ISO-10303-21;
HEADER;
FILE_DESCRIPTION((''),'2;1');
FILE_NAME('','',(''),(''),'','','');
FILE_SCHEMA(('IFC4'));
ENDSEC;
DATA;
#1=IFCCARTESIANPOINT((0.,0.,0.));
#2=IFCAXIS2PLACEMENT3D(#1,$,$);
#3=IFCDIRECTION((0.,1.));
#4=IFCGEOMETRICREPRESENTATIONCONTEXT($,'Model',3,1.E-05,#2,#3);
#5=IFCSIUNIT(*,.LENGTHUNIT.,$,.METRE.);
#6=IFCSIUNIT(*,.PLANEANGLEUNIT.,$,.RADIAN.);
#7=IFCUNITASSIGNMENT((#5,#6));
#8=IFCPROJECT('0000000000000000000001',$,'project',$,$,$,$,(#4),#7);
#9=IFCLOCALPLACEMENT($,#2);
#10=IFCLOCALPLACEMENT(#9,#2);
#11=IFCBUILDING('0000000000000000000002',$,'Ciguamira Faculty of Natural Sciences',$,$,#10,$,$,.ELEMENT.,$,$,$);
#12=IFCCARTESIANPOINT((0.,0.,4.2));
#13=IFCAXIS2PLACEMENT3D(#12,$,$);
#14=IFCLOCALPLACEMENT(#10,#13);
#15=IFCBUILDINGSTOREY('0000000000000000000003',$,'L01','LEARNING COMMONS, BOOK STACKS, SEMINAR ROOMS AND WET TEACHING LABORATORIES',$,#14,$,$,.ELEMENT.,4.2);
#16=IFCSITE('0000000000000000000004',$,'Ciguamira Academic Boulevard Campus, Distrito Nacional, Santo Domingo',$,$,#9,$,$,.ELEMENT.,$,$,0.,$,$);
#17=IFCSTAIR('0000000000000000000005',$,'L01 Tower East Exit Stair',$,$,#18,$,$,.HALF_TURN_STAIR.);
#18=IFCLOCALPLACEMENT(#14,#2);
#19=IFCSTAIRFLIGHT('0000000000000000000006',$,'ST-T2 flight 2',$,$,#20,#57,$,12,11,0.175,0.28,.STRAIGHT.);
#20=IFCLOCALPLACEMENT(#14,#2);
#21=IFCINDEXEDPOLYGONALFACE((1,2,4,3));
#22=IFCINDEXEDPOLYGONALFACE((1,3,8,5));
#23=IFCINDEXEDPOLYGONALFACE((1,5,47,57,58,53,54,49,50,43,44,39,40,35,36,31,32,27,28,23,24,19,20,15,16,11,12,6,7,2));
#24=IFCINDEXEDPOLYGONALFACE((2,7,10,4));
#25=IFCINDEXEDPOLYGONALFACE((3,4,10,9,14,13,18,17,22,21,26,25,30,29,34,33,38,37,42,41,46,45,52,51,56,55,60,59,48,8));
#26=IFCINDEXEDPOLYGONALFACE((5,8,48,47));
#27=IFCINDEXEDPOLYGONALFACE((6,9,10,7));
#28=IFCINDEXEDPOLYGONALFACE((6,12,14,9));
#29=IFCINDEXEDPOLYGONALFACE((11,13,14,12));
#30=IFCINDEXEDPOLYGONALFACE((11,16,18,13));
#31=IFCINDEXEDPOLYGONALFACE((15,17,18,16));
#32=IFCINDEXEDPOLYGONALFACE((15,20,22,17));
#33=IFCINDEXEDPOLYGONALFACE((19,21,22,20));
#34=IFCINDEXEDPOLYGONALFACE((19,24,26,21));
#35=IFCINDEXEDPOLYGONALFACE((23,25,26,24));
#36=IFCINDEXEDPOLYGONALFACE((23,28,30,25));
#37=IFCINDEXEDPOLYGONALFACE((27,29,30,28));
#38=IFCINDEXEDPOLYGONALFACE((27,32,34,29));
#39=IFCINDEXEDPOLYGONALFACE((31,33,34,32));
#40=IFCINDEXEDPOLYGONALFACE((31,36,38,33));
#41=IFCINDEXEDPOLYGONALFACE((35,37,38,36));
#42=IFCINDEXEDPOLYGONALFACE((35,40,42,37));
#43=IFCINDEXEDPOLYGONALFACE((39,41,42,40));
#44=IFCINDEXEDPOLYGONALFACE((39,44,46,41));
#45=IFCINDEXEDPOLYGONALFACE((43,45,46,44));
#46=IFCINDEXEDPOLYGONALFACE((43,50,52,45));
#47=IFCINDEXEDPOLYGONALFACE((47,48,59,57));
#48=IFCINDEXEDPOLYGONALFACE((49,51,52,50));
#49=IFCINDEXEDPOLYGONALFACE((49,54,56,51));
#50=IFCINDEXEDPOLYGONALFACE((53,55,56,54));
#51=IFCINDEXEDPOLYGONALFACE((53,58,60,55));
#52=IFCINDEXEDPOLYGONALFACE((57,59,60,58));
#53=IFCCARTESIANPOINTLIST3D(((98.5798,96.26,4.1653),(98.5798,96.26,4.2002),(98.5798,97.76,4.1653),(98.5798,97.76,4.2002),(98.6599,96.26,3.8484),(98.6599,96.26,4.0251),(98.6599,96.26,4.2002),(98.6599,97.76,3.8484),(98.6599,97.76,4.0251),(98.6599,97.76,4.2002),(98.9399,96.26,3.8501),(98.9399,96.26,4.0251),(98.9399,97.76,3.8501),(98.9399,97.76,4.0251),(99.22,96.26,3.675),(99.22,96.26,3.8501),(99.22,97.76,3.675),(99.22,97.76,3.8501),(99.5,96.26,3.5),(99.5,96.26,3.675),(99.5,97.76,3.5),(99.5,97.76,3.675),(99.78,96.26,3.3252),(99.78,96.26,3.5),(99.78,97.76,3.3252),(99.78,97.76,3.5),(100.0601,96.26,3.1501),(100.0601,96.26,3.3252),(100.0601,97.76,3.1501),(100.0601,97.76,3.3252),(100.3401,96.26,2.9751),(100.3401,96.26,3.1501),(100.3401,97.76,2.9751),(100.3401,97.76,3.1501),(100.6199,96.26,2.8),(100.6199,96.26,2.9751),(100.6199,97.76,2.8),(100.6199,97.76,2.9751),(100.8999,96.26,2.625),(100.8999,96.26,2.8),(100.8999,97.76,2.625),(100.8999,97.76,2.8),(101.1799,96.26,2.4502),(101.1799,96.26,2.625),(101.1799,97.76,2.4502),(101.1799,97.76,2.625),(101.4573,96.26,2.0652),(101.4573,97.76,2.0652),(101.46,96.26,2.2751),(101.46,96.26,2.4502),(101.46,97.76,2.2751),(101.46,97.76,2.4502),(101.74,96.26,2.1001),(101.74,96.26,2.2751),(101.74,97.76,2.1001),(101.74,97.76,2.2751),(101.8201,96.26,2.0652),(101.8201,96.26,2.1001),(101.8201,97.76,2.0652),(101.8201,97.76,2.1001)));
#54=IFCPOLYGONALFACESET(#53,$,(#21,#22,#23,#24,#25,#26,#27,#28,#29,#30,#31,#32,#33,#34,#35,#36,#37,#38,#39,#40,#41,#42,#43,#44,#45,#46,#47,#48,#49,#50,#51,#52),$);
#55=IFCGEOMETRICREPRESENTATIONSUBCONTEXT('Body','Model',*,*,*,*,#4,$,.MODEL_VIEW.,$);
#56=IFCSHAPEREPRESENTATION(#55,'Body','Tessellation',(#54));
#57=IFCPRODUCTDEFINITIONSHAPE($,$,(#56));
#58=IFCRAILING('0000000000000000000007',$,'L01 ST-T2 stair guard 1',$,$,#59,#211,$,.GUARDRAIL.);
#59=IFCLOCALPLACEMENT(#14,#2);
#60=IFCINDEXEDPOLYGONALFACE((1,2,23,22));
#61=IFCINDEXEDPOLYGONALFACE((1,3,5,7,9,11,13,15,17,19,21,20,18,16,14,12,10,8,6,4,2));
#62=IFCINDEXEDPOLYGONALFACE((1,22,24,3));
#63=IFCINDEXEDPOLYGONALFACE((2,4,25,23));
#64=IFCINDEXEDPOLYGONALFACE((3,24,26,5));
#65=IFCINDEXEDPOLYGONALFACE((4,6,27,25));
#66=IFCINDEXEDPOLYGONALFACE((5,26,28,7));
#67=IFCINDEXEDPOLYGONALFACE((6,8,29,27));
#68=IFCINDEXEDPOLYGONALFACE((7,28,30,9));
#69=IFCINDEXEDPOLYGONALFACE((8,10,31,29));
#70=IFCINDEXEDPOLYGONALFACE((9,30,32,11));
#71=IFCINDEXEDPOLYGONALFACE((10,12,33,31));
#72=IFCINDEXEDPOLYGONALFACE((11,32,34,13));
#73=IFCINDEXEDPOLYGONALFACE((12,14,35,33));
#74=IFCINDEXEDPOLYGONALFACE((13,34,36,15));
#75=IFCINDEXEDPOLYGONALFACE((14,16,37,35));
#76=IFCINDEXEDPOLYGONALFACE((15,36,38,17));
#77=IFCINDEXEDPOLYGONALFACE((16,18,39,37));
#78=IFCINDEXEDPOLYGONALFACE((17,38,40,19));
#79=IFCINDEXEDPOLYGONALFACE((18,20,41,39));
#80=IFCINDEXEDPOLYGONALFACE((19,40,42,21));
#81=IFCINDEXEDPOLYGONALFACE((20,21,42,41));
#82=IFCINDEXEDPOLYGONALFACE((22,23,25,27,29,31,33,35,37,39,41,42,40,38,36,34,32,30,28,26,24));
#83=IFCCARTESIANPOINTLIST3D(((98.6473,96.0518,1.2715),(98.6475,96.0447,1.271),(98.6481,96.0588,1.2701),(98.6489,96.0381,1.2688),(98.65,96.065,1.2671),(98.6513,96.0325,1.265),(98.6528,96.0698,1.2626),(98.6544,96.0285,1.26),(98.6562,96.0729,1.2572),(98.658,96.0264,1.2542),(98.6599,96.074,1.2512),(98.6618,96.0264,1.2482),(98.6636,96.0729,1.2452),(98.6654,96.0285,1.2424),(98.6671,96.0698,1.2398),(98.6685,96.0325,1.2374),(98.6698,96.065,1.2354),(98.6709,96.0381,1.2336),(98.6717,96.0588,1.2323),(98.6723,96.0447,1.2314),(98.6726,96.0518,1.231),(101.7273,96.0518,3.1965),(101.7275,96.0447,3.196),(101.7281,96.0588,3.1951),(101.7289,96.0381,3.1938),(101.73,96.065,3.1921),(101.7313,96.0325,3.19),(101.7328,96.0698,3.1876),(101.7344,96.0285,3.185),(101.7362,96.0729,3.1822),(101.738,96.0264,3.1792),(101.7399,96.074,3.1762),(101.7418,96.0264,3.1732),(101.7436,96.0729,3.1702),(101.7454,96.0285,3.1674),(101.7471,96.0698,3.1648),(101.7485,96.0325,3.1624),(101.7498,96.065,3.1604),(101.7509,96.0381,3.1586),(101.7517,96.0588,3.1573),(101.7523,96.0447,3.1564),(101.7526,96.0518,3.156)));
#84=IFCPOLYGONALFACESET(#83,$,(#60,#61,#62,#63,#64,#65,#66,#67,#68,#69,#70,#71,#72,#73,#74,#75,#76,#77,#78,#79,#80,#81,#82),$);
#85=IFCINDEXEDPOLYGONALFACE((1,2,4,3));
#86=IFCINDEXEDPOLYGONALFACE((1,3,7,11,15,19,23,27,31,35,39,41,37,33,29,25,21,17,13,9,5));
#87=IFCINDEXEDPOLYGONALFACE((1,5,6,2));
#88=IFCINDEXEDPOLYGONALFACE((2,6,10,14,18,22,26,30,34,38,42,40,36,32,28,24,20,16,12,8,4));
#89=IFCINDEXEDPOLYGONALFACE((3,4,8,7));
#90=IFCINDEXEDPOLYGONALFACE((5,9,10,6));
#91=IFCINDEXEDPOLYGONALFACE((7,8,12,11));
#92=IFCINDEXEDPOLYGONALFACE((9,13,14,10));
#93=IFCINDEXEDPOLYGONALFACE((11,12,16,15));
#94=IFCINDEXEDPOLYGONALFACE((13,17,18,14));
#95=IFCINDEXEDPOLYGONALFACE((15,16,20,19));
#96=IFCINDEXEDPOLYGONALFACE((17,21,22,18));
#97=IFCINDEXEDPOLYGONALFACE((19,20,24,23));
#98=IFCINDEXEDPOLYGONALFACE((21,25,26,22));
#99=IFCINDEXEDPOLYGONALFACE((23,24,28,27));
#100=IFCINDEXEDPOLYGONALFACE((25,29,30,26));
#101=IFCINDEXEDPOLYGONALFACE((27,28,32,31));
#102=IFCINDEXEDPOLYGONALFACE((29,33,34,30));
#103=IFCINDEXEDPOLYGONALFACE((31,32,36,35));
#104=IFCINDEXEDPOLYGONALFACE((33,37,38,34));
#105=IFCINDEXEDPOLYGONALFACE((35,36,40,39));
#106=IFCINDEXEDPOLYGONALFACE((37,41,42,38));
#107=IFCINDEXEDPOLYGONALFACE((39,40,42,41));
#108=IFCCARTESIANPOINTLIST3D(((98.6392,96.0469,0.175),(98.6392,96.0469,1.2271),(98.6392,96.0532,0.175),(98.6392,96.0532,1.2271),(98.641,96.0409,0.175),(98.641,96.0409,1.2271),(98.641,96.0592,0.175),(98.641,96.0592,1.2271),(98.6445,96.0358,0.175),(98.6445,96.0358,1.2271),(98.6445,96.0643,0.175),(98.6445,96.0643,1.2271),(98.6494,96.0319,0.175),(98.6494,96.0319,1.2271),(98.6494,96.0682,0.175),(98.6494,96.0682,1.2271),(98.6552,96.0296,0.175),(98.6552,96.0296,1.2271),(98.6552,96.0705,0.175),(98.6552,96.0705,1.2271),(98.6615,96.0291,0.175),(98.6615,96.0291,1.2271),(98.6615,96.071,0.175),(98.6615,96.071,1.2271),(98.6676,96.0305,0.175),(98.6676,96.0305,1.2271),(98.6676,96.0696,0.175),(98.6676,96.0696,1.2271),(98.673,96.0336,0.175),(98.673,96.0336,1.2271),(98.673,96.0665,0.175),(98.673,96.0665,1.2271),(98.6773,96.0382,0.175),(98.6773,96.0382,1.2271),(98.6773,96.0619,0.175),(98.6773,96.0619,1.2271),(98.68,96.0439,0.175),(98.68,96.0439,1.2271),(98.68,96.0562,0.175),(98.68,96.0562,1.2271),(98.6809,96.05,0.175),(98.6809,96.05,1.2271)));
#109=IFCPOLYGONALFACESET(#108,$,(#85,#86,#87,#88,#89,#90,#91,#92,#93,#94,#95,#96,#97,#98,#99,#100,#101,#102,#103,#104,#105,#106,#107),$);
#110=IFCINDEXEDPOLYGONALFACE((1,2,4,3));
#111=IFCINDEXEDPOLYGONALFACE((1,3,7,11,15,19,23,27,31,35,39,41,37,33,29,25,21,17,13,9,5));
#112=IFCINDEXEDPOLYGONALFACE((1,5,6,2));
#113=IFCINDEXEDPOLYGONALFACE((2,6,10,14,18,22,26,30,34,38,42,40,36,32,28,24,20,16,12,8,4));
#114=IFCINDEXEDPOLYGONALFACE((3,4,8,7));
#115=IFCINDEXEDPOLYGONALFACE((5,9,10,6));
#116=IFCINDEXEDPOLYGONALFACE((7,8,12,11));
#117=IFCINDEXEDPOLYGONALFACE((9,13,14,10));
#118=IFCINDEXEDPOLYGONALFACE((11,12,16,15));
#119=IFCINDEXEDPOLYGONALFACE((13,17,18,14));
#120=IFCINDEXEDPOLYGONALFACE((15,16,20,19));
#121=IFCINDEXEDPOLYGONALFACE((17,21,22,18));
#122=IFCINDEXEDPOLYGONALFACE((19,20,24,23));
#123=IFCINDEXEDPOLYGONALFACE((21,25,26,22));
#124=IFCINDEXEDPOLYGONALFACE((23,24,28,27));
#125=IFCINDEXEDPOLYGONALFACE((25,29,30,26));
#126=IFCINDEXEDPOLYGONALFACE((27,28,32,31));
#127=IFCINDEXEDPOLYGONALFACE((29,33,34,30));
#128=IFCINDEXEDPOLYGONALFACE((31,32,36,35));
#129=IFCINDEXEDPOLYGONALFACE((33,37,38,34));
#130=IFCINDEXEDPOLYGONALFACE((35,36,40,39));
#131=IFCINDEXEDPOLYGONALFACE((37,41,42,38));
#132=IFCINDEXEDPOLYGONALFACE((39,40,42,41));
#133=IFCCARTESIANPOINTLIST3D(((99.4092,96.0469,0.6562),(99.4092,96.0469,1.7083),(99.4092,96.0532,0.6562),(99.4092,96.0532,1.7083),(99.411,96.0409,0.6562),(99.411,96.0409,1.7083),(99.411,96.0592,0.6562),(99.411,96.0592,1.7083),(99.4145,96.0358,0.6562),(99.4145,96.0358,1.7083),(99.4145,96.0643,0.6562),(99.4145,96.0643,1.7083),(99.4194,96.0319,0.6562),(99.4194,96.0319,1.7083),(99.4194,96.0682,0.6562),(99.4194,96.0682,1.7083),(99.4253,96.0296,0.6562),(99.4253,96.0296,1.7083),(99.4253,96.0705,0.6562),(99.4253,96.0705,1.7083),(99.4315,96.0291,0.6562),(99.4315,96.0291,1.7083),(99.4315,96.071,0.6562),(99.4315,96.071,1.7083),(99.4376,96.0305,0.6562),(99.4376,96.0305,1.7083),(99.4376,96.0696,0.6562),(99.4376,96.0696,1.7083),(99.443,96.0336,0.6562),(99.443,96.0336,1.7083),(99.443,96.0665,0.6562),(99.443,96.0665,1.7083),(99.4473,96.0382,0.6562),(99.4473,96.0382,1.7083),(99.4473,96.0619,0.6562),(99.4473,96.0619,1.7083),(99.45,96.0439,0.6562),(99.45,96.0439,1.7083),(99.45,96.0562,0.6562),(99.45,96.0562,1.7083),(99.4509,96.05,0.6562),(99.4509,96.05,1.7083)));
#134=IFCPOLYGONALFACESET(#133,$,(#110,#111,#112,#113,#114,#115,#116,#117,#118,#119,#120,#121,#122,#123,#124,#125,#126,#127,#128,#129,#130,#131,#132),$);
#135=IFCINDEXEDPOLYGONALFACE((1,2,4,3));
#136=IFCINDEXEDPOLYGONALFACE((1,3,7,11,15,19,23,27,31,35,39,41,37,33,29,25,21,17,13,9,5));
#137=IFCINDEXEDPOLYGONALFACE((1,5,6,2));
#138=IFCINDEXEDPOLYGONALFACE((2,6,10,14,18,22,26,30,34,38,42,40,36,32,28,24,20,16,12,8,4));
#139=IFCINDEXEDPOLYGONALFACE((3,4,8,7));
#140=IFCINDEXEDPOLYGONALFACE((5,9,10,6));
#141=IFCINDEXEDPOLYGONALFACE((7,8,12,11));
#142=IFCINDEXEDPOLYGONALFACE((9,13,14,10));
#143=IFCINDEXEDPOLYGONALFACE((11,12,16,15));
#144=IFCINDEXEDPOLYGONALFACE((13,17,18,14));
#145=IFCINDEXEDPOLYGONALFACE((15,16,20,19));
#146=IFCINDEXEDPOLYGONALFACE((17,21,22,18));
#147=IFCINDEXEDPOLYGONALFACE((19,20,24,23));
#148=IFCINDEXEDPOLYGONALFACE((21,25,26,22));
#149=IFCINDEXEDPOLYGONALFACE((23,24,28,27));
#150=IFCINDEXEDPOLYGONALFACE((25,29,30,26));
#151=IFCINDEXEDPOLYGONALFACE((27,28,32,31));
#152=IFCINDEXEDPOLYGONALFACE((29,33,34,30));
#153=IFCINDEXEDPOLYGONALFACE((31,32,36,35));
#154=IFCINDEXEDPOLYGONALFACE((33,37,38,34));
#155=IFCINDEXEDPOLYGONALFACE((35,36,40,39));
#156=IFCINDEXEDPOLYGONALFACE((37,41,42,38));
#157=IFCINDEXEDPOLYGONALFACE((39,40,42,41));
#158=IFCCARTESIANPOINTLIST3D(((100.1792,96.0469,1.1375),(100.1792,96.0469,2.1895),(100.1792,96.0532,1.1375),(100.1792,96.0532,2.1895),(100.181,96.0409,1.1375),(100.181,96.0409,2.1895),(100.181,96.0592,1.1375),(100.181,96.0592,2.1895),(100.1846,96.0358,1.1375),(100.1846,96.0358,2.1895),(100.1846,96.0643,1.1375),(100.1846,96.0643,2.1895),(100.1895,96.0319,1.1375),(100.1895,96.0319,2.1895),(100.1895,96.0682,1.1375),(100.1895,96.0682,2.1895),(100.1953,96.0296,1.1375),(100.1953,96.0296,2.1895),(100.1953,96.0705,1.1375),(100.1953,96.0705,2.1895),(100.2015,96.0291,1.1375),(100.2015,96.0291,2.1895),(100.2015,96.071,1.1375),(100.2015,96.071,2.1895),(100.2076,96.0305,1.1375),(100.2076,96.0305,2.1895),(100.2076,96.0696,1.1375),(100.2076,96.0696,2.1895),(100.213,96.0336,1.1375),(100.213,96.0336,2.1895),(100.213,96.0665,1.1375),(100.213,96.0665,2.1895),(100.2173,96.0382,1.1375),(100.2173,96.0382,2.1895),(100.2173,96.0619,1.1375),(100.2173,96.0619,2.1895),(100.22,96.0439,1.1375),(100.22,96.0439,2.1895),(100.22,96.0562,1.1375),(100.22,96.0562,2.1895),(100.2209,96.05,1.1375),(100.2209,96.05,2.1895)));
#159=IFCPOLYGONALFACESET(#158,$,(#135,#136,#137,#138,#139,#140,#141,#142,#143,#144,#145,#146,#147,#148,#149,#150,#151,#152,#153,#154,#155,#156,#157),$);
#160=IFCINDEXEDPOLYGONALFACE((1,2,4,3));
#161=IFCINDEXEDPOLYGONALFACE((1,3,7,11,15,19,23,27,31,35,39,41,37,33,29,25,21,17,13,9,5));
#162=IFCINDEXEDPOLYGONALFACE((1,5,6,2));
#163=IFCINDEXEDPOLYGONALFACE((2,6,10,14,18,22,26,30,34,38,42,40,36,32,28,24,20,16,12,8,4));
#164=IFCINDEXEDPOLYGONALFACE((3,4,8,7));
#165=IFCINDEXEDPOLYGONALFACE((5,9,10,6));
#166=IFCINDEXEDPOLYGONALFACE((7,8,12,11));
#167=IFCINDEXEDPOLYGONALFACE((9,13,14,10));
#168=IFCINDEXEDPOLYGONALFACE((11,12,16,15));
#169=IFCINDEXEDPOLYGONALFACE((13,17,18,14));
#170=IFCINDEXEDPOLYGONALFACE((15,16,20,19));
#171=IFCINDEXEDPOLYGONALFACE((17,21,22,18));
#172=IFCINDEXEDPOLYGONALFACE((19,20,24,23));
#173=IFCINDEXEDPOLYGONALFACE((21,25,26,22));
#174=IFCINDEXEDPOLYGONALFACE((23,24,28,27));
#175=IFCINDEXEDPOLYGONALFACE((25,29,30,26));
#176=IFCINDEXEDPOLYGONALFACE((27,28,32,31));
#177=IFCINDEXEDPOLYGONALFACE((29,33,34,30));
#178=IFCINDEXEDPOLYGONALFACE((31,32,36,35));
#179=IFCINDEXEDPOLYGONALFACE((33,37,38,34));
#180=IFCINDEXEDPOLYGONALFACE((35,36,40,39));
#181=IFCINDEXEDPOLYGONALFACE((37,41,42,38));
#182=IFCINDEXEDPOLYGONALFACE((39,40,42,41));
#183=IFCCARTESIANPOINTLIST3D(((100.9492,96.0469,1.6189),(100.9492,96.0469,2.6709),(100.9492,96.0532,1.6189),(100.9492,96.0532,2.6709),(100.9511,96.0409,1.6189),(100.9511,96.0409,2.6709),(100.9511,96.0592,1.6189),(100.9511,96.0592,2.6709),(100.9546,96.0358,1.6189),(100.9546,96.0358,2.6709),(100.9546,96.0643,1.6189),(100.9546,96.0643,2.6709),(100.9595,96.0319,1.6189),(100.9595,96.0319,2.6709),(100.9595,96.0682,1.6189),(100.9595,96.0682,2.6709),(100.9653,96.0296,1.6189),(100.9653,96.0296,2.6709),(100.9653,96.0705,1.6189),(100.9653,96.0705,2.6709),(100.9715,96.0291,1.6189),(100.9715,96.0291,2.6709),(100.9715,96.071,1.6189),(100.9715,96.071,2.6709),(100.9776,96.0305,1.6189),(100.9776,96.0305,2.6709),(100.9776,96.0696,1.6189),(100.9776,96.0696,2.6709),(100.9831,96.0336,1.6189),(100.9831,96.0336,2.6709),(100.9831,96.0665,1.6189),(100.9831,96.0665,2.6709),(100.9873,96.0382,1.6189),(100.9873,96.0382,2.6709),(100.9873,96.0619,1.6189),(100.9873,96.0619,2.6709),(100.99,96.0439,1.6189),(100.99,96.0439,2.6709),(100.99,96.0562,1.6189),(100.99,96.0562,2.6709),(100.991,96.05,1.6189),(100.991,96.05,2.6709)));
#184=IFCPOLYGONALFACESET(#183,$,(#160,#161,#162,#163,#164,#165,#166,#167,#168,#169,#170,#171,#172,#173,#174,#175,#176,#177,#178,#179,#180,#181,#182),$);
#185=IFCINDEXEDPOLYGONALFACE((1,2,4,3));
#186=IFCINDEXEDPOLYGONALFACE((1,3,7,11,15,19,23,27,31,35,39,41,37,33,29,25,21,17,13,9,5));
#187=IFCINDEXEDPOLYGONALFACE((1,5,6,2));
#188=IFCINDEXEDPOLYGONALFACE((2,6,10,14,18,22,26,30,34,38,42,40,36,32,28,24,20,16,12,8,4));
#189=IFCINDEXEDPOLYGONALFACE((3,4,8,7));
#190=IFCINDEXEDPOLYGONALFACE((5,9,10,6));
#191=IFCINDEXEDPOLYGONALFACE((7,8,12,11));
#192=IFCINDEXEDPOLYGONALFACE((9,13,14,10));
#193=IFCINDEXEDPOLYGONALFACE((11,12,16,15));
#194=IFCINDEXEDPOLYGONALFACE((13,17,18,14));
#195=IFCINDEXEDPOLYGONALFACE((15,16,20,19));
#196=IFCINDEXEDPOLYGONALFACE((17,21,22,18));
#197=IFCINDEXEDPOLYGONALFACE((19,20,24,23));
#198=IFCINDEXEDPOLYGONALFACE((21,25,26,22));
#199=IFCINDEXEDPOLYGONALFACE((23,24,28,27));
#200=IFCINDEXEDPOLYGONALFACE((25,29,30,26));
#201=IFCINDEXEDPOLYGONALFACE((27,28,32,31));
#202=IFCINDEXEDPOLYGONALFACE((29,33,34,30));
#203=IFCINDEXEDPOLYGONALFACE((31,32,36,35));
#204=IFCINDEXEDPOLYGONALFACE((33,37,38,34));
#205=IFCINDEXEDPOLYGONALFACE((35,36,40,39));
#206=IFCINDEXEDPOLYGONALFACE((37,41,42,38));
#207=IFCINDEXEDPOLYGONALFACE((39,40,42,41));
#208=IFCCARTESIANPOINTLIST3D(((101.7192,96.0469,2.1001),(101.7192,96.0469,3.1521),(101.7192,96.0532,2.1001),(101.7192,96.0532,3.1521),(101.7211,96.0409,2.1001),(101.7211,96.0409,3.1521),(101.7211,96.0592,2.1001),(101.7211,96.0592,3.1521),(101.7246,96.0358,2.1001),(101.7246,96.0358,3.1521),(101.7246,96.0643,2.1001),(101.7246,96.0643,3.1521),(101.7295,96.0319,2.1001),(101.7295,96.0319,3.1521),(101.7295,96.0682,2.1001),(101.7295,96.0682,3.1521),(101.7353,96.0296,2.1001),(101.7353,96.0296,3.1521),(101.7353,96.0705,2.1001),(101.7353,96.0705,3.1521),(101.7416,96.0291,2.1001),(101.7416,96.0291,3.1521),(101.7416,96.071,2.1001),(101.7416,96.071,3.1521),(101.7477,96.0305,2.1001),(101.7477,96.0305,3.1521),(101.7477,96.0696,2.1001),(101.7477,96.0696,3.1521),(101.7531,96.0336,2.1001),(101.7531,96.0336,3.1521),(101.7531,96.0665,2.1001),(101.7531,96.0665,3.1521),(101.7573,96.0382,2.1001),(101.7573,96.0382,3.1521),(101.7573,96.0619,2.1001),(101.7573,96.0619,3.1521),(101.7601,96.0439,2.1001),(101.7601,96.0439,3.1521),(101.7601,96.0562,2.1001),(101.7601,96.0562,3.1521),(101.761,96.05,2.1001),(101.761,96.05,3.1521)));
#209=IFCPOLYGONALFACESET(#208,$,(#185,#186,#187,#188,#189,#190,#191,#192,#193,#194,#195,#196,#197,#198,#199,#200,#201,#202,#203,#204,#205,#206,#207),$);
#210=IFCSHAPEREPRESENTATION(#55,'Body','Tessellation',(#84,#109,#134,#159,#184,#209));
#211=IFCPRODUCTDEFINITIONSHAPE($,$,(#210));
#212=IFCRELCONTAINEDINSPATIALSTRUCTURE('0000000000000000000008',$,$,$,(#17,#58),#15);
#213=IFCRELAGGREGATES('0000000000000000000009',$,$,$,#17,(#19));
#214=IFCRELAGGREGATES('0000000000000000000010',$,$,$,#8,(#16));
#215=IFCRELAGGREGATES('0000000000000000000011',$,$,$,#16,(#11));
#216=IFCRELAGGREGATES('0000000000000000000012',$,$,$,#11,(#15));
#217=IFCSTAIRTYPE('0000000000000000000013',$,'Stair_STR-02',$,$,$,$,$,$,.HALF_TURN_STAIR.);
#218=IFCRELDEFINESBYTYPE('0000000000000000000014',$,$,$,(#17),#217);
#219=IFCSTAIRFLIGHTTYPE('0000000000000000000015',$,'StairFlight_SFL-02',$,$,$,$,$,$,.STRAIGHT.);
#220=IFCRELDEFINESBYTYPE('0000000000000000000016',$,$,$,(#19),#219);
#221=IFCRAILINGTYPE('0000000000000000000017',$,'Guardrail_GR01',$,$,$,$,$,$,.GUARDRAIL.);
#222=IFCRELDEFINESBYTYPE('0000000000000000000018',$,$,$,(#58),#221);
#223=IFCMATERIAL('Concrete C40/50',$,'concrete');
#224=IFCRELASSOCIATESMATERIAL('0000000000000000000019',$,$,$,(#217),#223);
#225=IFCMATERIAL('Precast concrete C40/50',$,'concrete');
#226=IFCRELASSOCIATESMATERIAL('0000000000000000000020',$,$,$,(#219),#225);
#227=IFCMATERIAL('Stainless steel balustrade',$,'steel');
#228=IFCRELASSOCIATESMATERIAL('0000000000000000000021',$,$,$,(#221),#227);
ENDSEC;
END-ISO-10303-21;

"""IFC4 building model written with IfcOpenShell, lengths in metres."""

from ifc_helpers import new_model, si_unit, direction, frame, origin, origin_2d, place, context, subcontext, project, spatial, polyline, circle, outline, extrude, material, type_object, element, aggregate, save


model = new_model("IFC4")

# Units and contexts
model_context = context("Model", 3, precision=1e-05, world=origin(), true_north=direction((0.0, 1.0)))
body_context = subcontext(model_context, "Body", "Model", "MODEL_VIEW")
ifc_project = project(units=[si_unit("LENGTHUNIT", "METRE"), si_unit("PLANEANGLEUNIT", "RADIAN")], contexts=[model_context])

# Site, building, storey
site_placement = place(None, origin())
site = spatial("IfcSite", under=ifc_project, at=site_placement, Name="Ciguamira Academic Boulevard Campus, Distrito Nacional, Santo Domingo", CompositionType="ELEMENT", RefElevation=0.0)
building_placement = place(site_placement, origin())
building = spatial("IfcBuilding", under=site, at=building_placement, Name="Ciguamira Faculty of Natural Sciences", CompositionType="ELEMENT")
storey_placement = place(building_placement, frame((0.0, 0.0, 4.2)))
storey = spatial("IfcBuildingStorey", under=building, at=storey_placement, Name="L01", Description="LEARNING COMMONS, BOOK STACKS, SEMINAR ROOMS AND WET TEACHING LABORATORIES", CompositionType="ELEMENT", Elevation=4.2)

# Shared definitions
ifc_material_1 = material(Name="Concrete C40/50", Category="concrete")

# Shared definitions
ifc_material_2 = material(Name="Precast concrete C40/50", Category="concrete")

# Stair, stair flight
stair_type = type_object("IfcStairType", Name="Stair_STR-02", PredefinedType="HALF_TURN_STAIR", material=ifc_material_1)
stair_placement = place(storey_placement, origin())
stair = element("IfcStair", 1, at=stair_placement, inside=storey, type_object=stair_type, Name="L01 Tower East Exit Stair", PredefinedType="HALF_TURN_STAIR")
stair_flight_type = type_object("IfcStairFlightType", Name="StairFlight_SFL-02", PredefinedType="STRAIGHT", material=ifc_material_2)
stair_flight_1_placement = place(storey_placement, frame((101.74, 97.01, 2.1001), z_axis=(0.0, 0.0, 1.0), x_axis=(-1.0, 0.0, 0.0)))
stair_flight_1 = element("IfcStairFlight", 2, at=stair_flight_1_placement, type_object=stair_flight_type, Name="ST-T2 flight 2", NumberOfRisers=12, NumberOfTreads=11, PredefinedType="STRAIGHT", RiserHeight=0.175, TreadLength=0.28, context=body_context, shape_type="SweptSolid", body=[
    extrude(outline(polyline([(-0.0801, -0.0349), (-0.0801, 0.0), (0.0, 0.0), (0.0, 0.175), (0.28, 0.175), (0.28, 0.3501), (0.5601, 0.3501), (0.5601, 0.5249), (0.8401, 0.5249), (0.8401, 0.7), (1.1201, 0.7), (1.1201, 0.875), (1.3999, 0.875), (1.3999, 1.05), (1.6799, 1.05), (1.6799, 1.2251), (1.96, 1.2251), (1.96, 1.3999), (2.24, 1.3999), (2.24, 1.575), (2.52, 1.575), (2.52, 1.75), (2.8, 1.75), (2.8, 1.925), (3.0801, 1.925), (3.0801, 2.1001), (3.1602, 2.1001), (3.1602, 2.0652), (3.0801, 1.7483), (0.2827, -0.0349), (-0.0801, -0.0349)])), frame((0.0, 0.75, 0.0), z_axis=(0.0, -1.0, 0.0), x_axis=(1.0, 0.0, 0.0)), (0.0, 0.0, 1.0), 1.5),
])
aggregate(stair, [stair_flight_1])

# Railing
ifc_material_3 = material(Name="Stainless steel balustrade", Category="steel")
railing_type = type_object("IfcRailingType", Name="Guardrail_GR01", PredefinedType="GUARDRAIL", material=ifc_material_3)
railing_1_placement = place(storey_placement, frame((98.6599, 96.05, 0.175)))
element("IfcRailing", 3, at=railing_1_placement, inside=storey, type_object=railing_type, Name="L01 ST-T2 stair guard 1", PredefinedType="GUARDRAIL", context=body_context, shape_type="SweptSolid", body=[
    extrude(circle(Radius=0.0239, at=origin_2d()), frame((0.0, 0.0, 1.0762), z_axis=(0.847998, 0.0, 0.529999), x_axis=(0.0, 1.0, 0.0)), (0.0, 0.0, 1.0), 3.6321),
    extrude(circle(Radius=0.021, at=origin_2d()), origin(), (0.0, 0.0, 1.0), 1.052),
    extrude(circle(Radius=0.021, at=origin_2d()), frame((0.77, 0.0, 0.4812)), (0.0, 0.0, 1.0), 1.052),
    extrude(circle(Radius=0.021, at=origin_2d()), frame((1.54, 0.0, 0.9624)), (0.0, 0.0, 1.0), 1.052),
    extrude(circle(Radius=0.021, at=origin_2d()), frame((2.3101, 0.0, 1.4438)), (0.0, 0.0, 1.0), 1.052),
    extrude(circle(Radius=0.021, at=origin_2d()), frame((3.0801, 0.0, 1.925)), (0.0, 0.0, 1.0), 1.052),
])

save(model, "model.ifc")
